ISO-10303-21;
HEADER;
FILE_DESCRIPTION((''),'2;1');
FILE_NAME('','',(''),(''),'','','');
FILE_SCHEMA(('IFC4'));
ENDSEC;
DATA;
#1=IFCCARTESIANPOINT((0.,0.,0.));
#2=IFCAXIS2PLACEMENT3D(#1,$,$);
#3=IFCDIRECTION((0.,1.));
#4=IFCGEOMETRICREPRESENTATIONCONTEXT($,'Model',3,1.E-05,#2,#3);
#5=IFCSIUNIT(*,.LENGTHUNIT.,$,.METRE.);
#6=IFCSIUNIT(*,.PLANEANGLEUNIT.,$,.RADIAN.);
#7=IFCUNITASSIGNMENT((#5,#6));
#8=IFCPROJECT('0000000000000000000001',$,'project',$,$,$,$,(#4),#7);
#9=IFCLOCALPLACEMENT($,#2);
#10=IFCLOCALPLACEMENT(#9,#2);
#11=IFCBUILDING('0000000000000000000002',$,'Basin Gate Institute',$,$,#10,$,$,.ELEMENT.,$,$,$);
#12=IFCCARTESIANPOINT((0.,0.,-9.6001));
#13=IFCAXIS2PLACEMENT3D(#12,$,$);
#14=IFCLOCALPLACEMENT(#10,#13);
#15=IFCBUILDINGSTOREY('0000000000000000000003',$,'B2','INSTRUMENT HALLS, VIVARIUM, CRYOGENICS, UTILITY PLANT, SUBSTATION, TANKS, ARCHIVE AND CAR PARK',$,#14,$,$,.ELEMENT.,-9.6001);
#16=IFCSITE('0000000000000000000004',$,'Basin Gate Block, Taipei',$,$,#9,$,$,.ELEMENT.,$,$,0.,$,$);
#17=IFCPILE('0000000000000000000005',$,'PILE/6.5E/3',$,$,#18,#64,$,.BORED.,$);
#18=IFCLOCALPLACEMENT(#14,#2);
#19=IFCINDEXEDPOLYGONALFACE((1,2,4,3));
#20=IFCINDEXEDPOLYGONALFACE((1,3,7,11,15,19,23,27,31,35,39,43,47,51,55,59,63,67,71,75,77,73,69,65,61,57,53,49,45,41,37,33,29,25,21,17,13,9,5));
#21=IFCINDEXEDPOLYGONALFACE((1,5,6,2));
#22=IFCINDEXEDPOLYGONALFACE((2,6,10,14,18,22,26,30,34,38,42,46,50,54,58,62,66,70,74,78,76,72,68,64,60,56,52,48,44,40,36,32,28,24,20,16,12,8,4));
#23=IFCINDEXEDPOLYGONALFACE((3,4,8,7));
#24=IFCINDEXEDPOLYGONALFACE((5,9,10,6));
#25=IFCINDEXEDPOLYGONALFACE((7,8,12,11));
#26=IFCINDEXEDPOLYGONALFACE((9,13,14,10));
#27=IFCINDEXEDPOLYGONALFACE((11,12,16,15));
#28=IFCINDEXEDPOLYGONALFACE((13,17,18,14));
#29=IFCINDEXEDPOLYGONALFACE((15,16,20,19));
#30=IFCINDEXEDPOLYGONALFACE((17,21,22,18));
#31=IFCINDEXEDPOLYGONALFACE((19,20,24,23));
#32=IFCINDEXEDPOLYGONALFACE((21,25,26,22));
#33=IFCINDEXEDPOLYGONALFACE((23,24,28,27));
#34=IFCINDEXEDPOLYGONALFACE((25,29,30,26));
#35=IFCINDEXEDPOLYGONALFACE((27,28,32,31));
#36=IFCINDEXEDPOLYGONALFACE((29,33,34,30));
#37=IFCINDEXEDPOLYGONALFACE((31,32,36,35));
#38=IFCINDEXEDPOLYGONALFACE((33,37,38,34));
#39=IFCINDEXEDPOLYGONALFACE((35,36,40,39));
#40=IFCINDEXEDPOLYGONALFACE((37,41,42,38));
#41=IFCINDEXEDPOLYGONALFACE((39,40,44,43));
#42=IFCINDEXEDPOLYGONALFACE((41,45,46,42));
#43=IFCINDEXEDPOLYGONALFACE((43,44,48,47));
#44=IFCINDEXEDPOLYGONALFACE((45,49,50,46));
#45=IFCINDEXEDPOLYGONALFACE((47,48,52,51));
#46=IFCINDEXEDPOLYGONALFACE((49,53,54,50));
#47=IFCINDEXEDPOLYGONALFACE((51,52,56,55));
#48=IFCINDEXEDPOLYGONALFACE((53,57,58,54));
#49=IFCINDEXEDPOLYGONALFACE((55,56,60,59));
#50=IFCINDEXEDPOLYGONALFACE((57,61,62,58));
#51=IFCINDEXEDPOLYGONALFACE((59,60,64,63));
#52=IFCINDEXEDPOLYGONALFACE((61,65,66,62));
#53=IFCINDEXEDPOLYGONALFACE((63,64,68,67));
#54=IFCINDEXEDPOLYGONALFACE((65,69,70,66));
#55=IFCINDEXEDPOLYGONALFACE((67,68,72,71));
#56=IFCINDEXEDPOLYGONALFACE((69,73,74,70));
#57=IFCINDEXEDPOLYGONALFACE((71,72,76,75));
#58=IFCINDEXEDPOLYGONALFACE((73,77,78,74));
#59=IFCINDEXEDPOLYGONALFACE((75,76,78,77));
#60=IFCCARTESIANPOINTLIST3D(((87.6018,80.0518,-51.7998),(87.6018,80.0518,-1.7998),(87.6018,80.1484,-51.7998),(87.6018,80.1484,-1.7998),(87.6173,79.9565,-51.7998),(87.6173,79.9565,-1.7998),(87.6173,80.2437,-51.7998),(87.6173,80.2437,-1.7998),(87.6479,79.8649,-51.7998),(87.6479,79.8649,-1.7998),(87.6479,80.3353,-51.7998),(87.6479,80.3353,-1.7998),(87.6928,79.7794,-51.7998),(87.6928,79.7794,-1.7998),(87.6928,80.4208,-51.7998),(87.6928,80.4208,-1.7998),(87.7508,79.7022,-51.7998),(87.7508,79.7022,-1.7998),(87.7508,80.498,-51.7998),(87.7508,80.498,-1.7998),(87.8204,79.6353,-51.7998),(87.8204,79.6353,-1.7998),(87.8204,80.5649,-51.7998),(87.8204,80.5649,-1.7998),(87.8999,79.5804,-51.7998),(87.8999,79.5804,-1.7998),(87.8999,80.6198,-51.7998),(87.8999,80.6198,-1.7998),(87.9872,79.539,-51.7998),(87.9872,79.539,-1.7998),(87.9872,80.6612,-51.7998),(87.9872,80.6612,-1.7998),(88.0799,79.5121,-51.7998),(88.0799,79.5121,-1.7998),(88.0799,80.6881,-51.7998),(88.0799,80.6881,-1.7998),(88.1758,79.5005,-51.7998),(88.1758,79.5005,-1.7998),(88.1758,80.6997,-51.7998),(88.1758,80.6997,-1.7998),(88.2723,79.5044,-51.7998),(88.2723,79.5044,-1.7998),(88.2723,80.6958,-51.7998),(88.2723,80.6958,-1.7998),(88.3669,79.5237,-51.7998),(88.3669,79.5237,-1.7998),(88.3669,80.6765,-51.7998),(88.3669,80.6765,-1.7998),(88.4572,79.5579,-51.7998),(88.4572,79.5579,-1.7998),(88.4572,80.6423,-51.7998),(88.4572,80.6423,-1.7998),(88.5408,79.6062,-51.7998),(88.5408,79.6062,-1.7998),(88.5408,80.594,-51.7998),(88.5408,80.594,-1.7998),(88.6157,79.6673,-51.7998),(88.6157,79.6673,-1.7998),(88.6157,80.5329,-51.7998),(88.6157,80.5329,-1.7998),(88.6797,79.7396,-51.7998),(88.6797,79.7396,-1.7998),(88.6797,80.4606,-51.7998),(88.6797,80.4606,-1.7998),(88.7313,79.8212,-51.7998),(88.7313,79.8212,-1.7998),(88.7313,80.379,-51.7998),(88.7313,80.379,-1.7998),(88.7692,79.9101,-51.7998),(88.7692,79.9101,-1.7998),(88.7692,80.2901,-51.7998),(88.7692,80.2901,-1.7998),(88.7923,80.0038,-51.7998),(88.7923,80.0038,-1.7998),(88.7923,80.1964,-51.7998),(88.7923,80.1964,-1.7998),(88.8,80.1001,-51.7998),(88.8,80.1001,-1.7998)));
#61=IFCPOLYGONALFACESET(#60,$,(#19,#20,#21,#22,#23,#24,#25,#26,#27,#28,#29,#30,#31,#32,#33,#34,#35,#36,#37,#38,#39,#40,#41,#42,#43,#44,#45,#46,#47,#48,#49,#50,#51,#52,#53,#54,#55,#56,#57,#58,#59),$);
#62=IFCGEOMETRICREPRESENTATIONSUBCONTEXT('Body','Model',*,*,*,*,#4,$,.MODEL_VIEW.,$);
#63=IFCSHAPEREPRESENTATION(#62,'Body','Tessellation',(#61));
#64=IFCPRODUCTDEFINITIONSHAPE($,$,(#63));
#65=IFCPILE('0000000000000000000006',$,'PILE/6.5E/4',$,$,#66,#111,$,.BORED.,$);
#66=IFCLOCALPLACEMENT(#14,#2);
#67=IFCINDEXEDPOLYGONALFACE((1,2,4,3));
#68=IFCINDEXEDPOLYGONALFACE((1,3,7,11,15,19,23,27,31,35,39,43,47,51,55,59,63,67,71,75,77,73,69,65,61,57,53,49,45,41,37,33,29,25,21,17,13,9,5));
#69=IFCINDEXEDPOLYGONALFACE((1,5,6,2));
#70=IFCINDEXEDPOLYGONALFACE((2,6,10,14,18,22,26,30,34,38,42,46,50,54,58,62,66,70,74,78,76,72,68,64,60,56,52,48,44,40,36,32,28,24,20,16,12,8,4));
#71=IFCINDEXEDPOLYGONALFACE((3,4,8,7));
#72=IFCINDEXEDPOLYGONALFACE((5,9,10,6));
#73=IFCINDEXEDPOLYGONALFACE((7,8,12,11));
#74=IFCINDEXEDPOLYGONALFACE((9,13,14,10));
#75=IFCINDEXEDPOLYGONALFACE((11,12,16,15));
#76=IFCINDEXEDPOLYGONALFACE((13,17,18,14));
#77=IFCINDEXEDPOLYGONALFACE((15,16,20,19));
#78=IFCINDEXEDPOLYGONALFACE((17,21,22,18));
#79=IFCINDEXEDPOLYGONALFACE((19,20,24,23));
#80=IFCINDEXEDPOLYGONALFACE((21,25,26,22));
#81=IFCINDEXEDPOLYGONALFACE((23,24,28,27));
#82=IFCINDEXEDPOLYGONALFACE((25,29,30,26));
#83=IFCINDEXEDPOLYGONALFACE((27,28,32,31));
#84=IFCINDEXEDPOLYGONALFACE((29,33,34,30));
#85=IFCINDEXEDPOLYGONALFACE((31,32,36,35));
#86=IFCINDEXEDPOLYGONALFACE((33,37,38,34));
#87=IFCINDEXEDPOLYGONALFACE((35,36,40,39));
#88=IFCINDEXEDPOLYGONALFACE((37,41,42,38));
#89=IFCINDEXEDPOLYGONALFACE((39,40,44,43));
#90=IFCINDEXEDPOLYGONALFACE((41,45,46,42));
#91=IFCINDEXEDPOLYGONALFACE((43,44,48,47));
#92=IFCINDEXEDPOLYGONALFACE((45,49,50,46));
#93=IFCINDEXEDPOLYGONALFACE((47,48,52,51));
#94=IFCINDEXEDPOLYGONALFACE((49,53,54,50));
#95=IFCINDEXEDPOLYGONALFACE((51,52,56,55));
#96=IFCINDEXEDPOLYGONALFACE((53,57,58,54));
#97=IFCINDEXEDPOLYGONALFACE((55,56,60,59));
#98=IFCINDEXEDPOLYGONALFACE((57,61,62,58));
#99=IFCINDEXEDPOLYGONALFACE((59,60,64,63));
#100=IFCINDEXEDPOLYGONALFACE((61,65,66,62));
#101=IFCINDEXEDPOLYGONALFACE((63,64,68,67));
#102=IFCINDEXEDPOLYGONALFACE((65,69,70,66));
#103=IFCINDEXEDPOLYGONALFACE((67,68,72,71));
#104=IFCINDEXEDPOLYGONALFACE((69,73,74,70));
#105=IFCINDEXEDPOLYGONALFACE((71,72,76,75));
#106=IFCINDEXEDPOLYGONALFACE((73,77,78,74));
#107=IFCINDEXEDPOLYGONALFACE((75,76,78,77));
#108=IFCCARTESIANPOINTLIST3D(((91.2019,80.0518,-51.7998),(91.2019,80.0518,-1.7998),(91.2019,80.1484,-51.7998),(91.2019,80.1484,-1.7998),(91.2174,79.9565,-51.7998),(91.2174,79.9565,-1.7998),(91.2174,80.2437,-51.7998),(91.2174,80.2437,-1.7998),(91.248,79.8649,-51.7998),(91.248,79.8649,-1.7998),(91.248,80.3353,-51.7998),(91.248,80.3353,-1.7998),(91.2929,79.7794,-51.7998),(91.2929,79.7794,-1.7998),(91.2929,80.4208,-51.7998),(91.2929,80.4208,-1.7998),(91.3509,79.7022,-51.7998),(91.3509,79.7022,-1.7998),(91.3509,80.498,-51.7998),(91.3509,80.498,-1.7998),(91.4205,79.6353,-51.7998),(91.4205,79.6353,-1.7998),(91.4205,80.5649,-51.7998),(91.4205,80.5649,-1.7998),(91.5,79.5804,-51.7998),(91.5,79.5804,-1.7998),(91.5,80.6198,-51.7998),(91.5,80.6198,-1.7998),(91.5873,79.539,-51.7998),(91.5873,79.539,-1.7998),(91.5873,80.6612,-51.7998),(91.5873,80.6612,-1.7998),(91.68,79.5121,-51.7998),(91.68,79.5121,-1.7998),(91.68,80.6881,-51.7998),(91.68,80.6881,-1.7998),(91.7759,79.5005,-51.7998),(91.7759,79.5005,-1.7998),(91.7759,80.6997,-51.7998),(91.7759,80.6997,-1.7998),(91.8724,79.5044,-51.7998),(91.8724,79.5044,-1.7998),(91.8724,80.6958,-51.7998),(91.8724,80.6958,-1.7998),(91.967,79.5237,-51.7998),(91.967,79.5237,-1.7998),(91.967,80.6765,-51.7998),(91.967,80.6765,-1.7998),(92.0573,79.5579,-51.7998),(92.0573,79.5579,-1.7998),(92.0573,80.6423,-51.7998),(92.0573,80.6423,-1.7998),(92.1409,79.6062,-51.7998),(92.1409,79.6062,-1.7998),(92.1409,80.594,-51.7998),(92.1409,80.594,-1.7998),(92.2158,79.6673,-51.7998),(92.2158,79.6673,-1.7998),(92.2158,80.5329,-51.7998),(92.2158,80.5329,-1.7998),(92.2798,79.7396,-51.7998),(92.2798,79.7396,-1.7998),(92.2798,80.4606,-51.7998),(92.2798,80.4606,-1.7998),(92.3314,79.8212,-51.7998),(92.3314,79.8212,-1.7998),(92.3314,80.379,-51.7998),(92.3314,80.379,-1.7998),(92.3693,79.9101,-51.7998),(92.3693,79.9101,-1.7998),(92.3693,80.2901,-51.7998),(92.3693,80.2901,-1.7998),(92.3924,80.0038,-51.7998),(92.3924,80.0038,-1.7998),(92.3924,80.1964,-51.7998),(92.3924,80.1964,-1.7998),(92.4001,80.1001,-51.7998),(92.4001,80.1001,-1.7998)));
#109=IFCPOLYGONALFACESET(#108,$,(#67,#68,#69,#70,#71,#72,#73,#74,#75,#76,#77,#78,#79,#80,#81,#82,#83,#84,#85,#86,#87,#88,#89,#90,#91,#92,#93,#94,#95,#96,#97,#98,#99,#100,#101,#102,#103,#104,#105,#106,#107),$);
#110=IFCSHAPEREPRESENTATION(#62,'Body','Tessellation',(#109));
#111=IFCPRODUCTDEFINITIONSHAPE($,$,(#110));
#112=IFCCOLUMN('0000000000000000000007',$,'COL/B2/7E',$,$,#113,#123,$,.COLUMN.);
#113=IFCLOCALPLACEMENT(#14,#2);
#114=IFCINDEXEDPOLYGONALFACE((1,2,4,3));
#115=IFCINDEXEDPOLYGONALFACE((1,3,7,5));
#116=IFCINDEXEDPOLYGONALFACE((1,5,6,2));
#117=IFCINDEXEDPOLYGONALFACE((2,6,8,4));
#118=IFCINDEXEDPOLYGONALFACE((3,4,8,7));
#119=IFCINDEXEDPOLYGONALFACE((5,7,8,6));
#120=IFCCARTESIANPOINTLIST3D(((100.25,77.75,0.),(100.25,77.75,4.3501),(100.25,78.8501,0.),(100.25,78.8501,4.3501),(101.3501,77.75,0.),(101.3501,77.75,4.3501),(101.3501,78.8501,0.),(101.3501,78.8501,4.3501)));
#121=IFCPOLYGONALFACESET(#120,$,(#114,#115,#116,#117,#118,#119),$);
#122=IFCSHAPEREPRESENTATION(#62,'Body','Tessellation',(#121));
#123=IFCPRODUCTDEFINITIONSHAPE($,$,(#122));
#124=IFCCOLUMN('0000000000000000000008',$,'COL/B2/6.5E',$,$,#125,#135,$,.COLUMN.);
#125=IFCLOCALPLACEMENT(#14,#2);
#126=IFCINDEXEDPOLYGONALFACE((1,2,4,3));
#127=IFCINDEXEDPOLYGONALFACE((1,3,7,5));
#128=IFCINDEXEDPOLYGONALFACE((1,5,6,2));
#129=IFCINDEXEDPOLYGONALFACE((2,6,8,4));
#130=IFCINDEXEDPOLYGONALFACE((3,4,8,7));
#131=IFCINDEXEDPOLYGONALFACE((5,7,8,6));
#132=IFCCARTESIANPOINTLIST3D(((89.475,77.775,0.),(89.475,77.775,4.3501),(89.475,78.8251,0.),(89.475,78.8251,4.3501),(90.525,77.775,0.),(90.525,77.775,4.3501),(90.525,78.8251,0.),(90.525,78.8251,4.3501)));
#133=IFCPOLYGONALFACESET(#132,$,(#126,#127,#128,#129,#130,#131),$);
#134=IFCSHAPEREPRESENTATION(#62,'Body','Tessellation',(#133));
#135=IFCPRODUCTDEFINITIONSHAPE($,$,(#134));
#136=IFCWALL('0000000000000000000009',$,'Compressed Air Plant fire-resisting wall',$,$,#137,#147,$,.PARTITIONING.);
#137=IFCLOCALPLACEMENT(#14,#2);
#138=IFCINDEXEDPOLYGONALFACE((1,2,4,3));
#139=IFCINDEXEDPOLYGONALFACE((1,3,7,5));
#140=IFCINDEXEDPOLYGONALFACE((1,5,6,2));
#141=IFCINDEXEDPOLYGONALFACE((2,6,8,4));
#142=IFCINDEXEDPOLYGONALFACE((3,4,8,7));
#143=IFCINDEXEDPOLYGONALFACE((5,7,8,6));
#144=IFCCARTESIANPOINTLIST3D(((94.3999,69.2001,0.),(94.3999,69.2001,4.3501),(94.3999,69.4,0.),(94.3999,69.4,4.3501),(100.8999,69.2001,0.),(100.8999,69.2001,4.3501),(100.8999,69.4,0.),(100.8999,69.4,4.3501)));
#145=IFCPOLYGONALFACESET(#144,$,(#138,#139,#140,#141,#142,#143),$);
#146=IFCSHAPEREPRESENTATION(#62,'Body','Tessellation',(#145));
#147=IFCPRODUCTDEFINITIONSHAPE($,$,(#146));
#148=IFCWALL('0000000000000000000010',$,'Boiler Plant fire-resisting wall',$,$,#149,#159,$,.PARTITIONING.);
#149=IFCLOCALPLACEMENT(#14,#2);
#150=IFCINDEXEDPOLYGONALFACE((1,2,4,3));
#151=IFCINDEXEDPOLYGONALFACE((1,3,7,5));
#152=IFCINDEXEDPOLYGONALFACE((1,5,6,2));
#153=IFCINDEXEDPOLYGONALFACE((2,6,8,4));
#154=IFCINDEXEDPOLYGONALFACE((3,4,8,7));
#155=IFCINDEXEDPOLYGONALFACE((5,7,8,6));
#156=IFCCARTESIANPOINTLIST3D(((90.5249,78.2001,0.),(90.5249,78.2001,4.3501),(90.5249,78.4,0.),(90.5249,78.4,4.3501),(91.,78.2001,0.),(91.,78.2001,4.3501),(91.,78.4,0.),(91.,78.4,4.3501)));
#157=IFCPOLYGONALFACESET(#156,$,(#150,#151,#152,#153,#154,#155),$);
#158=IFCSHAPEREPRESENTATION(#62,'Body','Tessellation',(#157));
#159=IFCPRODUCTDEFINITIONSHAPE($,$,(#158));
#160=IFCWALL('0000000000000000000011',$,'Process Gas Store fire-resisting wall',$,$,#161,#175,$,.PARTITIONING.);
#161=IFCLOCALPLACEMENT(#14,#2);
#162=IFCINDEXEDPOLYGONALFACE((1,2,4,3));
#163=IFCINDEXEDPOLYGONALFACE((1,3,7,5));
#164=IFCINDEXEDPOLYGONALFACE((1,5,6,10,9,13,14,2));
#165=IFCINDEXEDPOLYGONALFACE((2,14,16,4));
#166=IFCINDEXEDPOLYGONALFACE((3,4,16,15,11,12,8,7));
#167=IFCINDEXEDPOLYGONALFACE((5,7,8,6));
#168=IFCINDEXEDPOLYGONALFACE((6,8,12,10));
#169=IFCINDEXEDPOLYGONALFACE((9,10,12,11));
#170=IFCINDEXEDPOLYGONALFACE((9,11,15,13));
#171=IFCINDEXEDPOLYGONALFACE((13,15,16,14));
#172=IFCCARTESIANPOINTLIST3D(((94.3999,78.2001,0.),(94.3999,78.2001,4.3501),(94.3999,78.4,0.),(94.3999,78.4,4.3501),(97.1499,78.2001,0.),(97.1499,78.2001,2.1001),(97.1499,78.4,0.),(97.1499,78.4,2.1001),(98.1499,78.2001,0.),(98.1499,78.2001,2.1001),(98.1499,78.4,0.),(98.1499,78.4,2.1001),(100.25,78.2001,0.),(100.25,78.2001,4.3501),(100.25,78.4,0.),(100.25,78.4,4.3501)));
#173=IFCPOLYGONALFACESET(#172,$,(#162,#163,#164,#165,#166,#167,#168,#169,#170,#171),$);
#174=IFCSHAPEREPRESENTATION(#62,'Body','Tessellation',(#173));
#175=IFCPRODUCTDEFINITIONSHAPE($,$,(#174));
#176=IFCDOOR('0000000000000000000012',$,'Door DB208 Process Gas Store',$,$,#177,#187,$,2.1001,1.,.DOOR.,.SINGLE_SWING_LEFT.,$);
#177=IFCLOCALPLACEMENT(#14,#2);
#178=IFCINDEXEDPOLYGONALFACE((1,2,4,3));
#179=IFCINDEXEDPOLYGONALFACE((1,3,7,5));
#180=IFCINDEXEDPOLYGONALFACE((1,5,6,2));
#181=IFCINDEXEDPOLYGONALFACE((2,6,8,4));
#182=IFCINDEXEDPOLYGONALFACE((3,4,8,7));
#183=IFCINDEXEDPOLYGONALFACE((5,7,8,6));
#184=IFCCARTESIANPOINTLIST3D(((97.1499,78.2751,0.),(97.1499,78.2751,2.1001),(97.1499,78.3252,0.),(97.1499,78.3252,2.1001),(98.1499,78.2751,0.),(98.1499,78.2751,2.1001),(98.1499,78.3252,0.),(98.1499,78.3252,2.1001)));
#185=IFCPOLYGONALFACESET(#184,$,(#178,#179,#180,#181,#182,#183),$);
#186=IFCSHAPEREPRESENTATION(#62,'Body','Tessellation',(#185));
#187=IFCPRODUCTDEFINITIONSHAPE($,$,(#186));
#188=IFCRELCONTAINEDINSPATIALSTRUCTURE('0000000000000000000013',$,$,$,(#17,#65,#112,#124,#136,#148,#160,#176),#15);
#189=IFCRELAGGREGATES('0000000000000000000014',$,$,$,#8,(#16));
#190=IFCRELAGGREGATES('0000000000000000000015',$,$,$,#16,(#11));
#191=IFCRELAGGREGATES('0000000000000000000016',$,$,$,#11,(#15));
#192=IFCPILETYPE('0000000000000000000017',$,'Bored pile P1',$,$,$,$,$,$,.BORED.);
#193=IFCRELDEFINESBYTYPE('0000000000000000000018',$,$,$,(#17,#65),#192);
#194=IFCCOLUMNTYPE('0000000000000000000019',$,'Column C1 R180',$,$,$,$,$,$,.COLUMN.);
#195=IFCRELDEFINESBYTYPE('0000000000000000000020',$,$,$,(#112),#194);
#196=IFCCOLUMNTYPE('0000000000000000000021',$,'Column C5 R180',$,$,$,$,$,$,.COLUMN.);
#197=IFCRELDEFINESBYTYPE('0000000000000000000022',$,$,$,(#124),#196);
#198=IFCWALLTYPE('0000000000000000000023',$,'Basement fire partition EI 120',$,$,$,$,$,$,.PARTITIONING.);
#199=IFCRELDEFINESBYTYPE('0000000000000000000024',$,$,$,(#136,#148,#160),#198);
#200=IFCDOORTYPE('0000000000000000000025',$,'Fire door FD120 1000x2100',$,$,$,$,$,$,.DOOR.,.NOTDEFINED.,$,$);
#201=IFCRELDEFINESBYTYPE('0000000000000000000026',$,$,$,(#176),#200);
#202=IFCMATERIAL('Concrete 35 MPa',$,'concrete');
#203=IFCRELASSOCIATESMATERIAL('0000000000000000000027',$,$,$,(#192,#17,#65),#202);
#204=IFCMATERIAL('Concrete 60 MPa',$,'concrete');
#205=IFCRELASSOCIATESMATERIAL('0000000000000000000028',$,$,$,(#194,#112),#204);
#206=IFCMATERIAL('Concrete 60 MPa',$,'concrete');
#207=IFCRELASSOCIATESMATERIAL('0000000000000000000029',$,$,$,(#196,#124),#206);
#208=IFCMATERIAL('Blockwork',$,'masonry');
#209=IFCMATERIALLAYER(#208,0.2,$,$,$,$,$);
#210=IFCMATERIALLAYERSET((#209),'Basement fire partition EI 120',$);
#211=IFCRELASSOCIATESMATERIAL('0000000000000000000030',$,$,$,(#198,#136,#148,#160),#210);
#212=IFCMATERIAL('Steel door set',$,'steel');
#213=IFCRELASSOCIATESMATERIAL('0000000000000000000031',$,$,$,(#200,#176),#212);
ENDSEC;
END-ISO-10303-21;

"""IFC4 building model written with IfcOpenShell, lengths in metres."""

from ifc_helpers import new_model, si_unit, direction, frame, frame_2d, origin, origin_2d, place, context, subcontext, project, spatial, rectangle, circle, extrude, material, layer, layer_set, material_profile, profile_set, type_object, element, fill, save


model = new_model("IFC4")

# Units and contexts
model_context = context("Model", 3, precision=1e-05, world=origin(), true_north=direction((0.0, 1.0)))
body_context = subcontext(model_context, "Body", "Model", "MODEL_VIEW")
ifc_project = project(units=[si_unit("LENGTHUNIT", "METRE"), si_unit("PLANEANGLEUNIT", "RADIAN")], contexts=[model_context])

# Site, building, storey
site_placement = place(None, origin())
site = spatial("IfcSite", under=ifc_project, at=site_placement, Name="Basin Gate Block, Taipei", CompositionType="ELEMENT", RefElevation=0.0)
building_placement = place(site_placement, origin())
building = spatial("IfcBuilding", under=site, at=building_placement, Name="Basin Gate Institute", CompositionType="ELEMENT")
storey_placement = place(building_placement, frame((0.0, 0.0, -9.6001)))
storey = spatial("IfcBuildingStorey", under=building, at=storey_placement, Name="B2", Description="INSTRUMENT HALLS, VIVARIUM, CRYOGENICS, UTILITY PLANT, SUBSTATION, TANKS, ARCHIVE AND CAR PARK", CompositionType="ELEMENT", Elevation=-9.6001)

# Piles
ifc_material_1 = material(Name="Concrete 35 MPa", Category="concrete")
ifc_material_profile_1 = material_profile(ifc_material_1, circle(Radius=0.6001, at=origin_2d()), Name="Bored pile P1 1200 dia")
ifc_profile_set_1 = profile_set([ifc_material_profile_1], Name="Concrete 35 MPa")
pile_type = type_object("IfcPileType", Name="Bored pile P1", PredefinedType="BORED", material=ifc_profile_set_1)
for number, where, z_axis, x_axis, name in (
    (1, (88.2, 80.1001, -1.7998), (0.0, 0.0, -1.0), (1.0, 0.0, 0.0), "PILE/6.5E/3"),
    (2, (91.8, 80.1001, -1.7998), (0.0, 0.0, -1.0), (1.0, 0.0, 0.0), "PILE/6.5E/4"),
):
    element("IfcPile", number, at=place(storey_placement, frame(where, z_axis=z_axis, x_axis=x_axis)), inside=storey, type_object=pile_type, material=ifc_profile_set_1, Name=name, PredefinedType="BORED", context=body_context, shape_type="SweptSolid", body=[
        extrude(circle(Radius=0.6001, at=origin_2d()), origin(), (0.0, 0.0, 1.0), 50.0),
    ])

# Columns
ifc_material_2 = material(Name="Concrete 60 MPa", Category="concrete")
ifc_material_profile_2 = material_profile(ifc_material_2, rectangle(XDim=1.1001, YDim=1.1001, at=origin_2d()), Name="Column C1 1100 x 1100")
ifc_profile_set_2 = profile_set([ifc_material_profile_2], Name="Concrete 60 MPa")
column_type_1 = type_object("IfcColumnType", Name="Column C1 R180", PredefinedType="COLUMN", material=ifc_profile_set_2)
column_1_placement = place(storey_placement, frame((100.8, 78.3, 0.0), z_axis=(0.0, 0.0, 1.0), x_axis=(1.0, 0.0, 0.0)))
element("IfcColumn", 3, at=column_1_placement, inside=storey, type_object=column_type_1, material=ifc_profile_set_2, Name="COL/B2/7E", PredefinedType="COLUMN", context=body_context, shape_type="SweptSolid", body=[
    extrude(rectangle(XDim=1.1001, YDim=1.1001, at=origin_2d()), origin(), (0.0, 0.0, 1.0), 4.3501),
])
ifc_material_3 = material(Name="Concrete 60 MPa", Category="concrete")
ifc_material_profile_3 = material_profile(ifc_material_3, rectangle(XDim=1.05, YDim=1.05, at=origin_2d()), Name="Column C5 1050 x 1050")
ifc_profile_set_3 = profile_set([ifc_material_profile_3], Name="Concrete 60 MPa")
column_type_2 = type_object("IfcColumnType", Name="Column C5 R180", PredefinedType="COLUMN", material=ifc_profile_set_3)
column_2_placement = place(storey_placement, frame((90.0, 78.3, 0.0), z_axis=(0.0, 0.0, 1.0), x_axis=(1.0, 0.0, 0.0)))
element("IfcColumn", 4, at=column_2_placement, inside=storey, type_object=column_type_2, material=ifc_profile_set_3, Name="COL/B2/6.5E", PredefinedType="COLUMN", context=body_context, shape_type="SweptSolid", body=[
    extrude(rectangle(XDim=1.05, YDim=1.05, at=origin_2d()), origin(), (0.0, 0.0, 1.0), 4.3501),
])

# Walls
ifc_material_4 = material(Name="Blockwork", Category="masonry")
ifc_layer = layer(ifc_material_4, 0.2)
ifc_layer_set = layer_set([ifc_layer], Name="Basement fire partition EI 120")
wall_type = type_object("IfcWallType", Name="Basement fire partition EI 120", PredefinedType="PARTITIONING", material=ifc_layer_set)
wall_1_placement = place(storey_placement, frame((94.3999, 69.3, 0.0), z_axis=(0.0, 0.0, 1.0), x_axis=(1.0, 0.0, 0.0)))
element("IfcWall", 5, at=wall_1_placement, inside=storey, type_object=wall_type, material=ifc_layer_set, Name="Compressed Air Plant fire-resisting wall", PredefinedType="PARTITIONING", context=body_context, shape_type="SweptSolid", body=[
    extrude(rectangle(XDim=6.5, YDim=0.2, at=frame_2d((3.25, 0.0))), origin(), (0.0, 0.0, 1.0), 4.3501),
])
wall_2_placement = place(storey_placement, frame((90.5249, 78.3, 0.0), z_axis=(0.0, 0.0, 1.0), x_axis=(1.0, 0.0, 0.0)))
element("IfcWall", 6, at=wall_2_placement, inside=storey, type_object=wall_type, material=ifc_layer_set, Name="Boiler Plant fire-resisting wall", PredefinedType="PARTITIONING", context=body_context, shape_type="SweptSolid", body=[
    extrude(rectangle(XDim=0.4751, YDim=0.2, at=frame_2d((0.2375, 0.0))), origin(), (0.0, 0.0, 1.0), 4.3501),
])

# Wall, opening, door
wall_3_placement = place(storey_placement, frame((94.3999, 78.3, 0.0), z_axis=(0.0, 0.0, 1.0), x_axis=(1.0, 0.0, 0.0)))
wall_3 = element("IfcWall", 7, at=wall_3_placement, inside=storey, type_object=wall_type, material=ifc_layer_set, Name="Process Gas Store fire-resisting wall", PredefinedType="PARTITIONING", context=body_context, shape_type="SweptSolid", body=[
    extrude(rectangle(XDim=5.8501, YDim=0.2, at=frame_2d((2.925, 0.0))), origin(), (0.0, 0.0, 1.0), 4.3501),
])
opening_1_placement = place(wall_3_placement, frame((2.75, 0.0, 0.0)))
opening_1 = element("IfcOpeningElement", 8, at=opening_1_placement, cuts=wall_3, PredefinedType="OPENING", context=body_context, shape_type="SweptSolid", body=[
    extrude(rectangle(XDim=1.0, YDim=2.1001, at=frame_2d((0.5, 1.05))), frame((0.0, 0.1099, 0.0), z_axis=(0.0, -1.0, 0.0), x_axis=(1.0, 0.0, 0.0)), (0.0, 0.0, 1.0), 0.22),
])
ifc_material_5 = material(Name="Steel door set", Category="steel")
door_type = type_object("IfcDoorType", Name="Fire door FD120 1000x2100", OperationType="NOTDEFINED", PredefinedType="DOOR", material=ifc_material_5)
door_1_placement = place(opening_1_placement, frame((1.0, 0.0, 0.0), z_axis=(0.0, 0.0, 1.0), x_axis=(-1.0, 0.0, 0.0)))
door_1 = element("IfcDoor", 9, at=door_1_placement, inside=storey, type_object=door_type, material=ifc_material_5, Name="Door DB208 Process Gas Store", OperationType="SINGLE_SWING_LEFT", OverallHeight=2.1001, OverallWidth=1.0, PredefinedType="DOOR", context=body_context, shape_type="SweptSolid", body=[
    extrude(rectangle(XDim=1.0, YDim=2.1001, at=frame_2d((0.5, 1.05))), frame((0.0, 0.0249, 0.0), z_axis=(0.0, -1.0, 0.0), x_axis=(1.0, 0.0, 0.0)), (0.0, 0.0, 1.0), 0.05),
])
fill(opening_1, door_1)

save(model, "model.ifc")
